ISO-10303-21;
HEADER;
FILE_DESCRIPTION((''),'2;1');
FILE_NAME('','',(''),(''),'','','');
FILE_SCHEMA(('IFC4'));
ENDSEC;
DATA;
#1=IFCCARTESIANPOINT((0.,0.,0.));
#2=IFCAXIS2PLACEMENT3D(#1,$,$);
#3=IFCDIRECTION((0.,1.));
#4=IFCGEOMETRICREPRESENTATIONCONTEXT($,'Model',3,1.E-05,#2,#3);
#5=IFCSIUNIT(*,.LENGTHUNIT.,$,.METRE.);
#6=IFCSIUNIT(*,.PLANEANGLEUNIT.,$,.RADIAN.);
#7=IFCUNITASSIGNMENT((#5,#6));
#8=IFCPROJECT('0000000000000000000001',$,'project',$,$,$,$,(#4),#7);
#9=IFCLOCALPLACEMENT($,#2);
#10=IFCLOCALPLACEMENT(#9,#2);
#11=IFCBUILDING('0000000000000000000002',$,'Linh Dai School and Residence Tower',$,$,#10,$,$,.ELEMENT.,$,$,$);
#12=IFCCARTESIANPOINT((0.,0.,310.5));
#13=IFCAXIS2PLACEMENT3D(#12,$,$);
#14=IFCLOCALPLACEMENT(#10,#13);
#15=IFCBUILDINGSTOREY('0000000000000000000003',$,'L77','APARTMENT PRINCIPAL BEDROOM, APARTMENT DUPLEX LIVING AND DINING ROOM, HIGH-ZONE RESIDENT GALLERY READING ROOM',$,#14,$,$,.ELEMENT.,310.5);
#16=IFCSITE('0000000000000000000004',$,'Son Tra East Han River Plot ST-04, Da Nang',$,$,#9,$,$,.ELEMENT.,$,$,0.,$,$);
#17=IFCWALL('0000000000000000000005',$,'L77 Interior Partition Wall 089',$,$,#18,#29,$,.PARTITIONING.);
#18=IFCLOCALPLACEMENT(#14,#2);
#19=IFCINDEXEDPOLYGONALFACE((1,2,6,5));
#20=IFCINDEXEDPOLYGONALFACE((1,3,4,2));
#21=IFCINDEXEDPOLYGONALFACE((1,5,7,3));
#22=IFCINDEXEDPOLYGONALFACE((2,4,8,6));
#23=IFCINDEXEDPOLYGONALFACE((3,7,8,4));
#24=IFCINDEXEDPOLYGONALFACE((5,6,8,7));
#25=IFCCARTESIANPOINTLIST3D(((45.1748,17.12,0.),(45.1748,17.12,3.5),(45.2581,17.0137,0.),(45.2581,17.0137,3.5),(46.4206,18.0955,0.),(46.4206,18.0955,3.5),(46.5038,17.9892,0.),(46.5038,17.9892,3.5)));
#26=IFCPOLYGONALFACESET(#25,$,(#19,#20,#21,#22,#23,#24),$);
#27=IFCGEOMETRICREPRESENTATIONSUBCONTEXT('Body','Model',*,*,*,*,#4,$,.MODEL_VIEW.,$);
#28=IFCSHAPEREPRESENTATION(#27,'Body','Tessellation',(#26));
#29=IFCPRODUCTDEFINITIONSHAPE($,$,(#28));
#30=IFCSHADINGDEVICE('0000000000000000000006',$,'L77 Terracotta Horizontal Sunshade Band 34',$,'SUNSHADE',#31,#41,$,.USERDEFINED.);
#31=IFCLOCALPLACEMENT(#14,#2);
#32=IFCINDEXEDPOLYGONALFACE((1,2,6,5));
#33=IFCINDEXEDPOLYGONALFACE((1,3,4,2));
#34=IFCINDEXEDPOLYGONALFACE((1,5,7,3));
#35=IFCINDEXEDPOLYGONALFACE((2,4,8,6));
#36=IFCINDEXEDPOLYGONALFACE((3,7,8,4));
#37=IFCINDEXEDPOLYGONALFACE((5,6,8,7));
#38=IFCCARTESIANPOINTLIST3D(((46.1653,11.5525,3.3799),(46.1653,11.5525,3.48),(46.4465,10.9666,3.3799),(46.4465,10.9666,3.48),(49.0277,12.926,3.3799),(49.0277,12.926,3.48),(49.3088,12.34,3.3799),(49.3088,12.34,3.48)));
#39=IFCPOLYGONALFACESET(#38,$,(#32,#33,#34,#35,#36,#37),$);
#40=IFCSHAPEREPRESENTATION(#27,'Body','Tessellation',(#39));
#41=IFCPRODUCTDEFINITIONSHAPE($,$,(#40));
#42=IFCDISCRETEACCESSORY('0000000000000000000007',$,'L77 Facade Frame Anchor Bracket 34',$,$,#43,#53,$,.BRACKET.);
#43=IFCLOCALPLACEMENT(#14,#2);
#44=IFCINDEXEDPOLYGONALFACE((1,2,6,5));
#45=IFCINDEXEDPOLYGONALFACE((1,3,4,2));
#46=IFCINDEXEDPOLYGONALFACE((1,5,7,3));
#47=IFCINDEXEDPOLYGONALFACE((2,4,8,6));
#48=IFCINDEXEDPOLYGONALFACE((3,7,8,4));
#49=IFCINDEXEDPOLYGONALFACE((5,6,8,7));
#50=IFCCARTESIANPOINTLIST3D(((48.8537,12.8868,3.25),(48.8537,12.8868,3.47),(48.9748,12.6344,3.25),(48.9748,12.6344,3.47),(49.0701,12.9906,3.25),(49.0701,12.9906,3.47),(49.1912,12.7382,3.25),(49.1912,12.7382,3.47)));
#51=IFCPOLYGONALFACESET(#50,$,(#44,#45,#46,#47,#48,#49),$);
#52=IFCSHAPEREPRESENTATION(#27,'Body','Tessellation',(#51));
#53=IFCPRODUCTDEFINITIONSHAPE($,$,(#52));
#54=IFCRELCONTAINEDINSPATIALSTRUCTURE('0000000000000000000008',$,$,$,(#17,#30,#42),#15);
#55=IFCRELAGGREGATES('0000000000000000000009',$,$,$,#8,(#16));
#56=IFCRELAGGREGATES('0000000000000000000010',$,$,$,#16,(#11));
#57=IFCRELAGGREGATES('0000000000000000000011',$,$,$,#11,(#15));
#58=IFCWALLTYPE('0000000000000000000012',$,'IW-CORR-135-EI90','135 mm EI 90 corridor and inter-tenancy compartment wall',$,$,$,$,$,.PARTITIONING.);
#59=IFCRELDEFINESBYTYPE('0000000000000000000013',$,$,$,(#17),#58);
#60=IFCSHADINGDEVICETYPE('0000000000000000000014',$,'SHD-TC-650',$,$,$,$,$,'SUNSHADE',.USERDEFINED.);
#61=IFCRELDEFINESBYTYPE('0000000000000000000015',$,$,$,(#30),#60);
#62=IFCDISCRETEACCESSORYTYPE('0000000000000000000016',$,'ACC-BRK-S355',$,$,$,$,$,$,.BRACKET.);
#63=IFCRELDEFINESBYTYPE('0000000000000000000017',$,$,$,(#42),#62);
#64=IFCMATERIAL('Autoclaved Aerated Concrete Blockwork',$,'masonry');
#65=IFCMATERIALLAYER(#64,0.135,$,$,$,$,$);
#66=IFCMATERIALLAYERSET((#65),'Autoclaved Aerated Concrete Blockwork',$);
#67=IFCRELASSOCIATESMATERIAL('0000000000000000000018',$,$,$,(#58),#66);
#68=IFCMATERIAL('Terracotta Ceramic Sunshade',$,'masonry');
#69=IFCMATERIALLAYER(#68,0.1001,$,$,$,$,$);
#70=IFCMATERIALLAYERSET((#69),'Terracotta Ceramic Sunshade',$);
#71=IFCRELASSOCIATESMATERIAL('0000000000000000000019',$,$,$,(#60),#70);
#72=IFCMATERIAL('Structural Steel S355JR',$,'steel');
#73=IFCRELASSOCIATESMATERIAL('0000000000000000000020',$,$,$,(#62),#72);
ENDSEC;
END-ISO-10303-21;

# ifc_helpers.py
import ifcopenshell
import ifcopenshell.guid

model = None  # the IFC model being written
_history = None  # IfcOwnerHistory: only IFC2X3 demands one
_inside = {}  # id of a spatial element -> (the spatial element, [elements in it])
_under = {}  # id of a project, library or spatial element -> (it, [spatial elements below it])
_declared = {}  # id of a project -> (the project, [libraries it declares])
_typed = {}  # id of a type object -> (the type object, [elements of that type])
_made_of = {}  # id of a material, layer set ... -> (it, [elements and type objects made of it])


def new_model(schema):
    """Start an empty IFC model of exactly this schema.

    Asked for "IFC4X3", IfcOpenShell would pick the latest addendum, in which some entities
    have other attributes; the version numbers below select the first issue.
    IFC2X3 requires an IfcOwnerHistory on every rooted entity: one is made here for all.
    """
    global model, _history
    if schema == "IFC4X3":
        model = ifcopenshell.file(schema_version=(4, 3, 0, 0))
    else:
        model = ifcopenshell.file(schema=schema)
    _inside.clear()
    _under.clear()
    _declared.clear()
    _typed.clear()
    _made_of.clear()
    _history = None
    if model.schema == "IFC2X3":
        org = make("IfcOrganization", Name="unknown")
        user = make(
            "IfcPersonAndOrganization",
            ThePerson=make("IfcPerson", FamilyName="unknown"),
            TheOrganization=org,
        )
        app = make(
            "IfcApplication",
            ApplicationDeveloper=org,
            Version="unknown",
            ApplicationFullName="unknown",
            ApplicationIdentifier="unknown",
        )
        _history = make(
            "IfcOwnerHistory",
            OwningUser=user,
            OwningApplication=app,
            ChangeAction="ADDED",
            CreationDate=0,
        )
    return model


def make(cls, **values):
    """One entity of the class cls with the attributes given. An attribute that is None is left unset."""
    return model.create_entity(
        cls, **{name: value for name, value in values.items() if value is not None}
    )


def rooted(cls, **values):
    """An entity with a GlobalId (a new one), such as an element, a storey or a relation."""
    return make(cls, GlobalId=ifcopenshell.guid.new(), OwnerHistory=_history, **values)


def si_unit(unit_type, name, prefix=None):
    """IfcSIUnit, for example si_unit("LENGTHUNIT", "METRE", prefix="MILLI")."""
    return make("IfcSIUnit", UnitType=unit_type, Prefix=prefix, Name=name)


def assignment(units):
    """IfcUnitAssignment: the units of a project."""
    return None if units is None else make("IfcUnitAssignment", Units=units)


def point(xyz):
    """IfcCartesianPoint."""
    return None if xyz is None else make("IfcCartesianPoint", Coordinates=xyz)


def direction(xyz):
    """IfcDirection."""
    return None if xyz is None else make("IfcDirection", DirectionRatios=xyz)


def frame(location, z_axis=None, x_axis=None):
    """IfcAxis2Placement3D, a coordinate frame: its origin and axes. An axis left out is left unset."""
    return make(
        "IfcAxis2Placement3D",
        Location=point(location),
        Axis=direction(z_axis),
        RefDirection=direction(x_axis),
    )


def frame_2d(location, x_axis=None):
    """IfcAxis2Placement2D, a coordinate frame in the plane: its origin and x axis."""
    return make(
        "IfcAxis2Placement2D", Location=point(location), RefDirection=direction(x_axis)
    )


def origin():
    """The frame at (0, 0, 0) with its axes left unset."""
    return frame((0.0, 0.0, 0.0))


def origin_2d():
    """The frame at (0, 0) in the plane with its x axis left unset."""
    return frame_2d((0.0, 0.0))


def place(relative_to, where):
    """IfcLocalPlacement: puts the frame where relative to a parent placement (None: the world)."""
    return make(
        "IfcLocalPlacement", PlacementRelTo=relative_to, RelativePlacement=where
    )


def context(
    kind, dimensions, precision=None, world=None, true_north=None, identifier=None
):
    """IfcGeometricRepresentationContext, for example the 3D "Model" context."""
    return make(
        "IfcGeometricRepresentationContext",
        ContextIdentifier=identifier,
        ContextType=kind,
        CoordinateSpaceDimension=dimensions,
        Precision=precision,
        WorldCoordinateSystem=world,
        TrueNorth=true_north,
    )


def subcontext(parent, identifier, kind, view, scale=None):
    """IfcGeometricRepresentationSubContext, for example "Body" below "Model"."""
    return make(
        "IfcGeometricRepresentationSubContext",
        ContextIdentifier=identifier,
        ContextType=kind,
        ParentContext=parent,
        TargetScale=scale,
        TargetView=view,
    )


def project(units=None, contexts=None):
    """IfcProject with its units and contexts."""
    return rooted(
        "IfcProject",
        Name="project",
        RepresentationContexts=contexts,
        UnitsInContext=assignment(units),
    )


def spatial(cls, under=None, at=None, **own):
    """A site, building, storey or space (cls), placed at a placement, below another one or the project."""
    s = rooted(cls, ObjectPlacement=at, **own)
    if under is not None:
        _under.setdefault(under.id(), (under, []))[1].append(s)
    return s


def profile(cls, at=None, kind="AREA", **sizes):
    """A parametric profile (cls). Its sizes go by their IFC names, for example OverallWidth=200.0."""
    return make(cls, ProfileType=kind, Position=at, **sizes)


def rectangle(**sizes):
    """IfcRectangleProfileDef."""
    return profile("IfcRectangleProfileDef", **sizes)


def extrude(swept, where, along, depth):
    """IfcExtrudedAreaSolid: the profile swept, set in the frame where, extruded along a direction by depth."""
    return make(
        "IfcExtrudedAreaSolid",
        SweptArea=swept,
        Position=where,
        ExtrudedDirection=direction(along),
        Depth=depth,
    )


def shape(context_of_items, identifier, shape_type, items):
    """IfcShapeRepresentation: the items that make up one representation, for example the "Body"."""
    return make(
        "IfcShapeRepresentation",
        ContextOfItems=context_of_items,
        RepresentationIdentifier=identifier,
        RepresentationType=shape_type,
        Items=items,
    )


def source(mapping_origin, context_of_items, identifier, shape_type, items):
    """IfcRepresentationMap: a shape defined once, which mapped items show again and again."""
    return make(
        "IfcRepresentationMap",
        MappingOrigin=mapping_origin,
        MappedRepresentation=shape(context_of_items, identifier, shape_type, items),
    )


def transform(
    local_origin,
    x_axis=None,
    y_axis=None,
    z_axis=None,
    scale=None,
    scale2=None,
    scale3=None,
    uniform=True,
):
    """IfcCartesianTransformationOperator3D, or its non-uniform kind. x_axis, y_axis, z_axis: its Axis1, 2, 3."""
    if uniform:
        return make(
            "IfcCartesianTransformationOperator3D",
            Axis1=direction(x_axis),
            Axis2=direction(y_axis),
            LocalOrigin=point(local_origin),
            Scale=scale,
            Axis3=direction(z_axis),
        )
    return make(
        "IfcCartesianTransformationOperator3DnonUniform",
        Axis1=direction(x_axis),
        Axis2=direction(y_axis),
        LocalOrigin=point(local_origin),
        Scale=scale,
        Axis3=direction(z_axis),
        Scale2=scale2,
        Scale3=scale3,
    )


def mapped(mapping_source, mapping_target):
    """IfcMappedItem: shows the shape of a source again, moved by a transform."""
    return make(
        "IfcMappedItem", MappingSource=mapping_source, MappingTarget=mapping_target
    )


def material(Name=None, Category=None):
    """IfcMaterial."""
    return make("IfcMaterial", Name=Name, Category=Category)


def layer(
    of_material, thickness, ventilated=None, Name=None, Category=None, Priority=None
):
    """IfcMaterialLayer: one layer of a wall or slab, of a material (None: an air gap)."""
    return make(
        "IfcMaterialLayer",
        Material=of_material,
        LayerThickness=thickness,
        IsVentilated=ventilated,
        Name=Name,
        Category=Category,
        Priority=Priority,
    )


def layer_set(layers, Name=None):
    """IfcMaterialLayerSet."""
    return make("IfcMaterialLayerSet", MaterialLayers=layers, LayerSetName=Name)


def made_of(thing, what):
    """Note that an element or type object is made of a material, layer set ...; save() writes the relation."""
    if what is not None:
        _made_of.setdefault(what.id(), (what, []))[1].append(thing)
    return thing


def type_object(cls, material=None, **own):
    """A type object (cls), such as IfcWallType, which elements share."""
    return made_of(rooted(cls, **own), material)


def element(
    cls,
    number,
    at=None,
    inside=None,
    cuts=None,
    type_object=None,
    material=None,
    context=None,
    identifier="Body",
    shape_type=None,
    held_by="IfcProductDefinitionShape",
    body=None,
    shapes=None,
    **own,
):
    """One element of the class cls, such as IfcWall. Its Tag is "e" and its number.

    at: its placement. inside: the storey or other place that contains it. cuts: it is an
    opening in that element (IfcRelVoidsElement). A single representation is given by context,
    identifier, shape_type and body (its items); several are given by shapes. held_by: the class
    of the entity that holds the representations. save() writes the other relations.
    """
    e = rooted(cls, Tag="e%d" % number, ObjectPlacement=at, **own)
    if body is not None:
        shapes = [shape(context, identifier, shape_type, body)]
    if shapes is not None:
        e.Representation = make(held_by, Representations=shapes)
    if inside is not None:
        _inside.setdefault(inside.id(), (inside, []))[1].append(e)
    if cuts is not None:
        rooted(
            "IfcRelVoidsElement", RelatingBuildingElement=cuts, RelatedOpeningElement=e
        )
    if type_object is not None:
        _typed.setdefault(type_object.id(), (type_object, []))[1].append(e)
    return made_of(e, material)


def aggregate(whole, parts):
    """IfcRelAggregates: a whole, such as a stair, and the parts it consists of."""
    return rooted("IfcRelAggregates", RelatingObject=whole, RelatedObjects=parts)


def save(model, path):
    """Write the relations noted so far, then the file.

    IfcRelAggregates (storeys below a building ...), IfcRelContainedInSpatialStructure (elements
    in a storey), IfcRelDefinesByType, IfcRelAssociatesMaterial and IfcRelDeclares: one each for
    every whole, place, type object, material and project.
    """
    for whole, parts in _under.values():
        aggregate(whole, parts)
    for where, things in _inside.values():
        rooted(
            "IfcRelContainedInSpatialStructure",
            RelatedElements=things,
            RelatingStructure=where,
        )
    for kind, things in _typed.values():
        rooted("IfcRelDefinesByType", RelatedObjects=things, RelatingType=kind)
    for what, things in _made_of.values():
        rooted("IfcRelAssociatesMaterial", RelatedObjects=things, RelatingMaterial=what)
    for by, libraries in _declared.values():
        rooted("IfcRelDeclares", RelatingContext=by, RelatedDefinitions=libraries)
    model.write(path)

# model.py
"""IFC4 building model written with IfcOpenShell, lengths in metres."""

from ifc_helpers import new_model, si_unit, direction, frame, frame_2d, origin, origin_2d, place, context, subcontext, project, spatial, rectangle, extrude, source, transform, mapped, material, layer, layer_set, type_object, element, save


model = new_model("IFC4")

# Units and contexts
model_context = context("Model", 3, precision=1e-05, world=origin(), true_north=direction((0.0, 1.0)))
body_context = subcontext(model_context, "Body", "Model", "MODEL_VIEW")
ifc_project = project(units=[si_unit("LENGTHUNIT", "METRE"), si_unit("PLANEANGLEUNIT", "RADIAN")], contexts=[model_context])

# Site, building, storey
site_placement = place(None, origin())
site = spatial("IfcSite", under=ifc_project, at=site_placement, Name="Son Tra East Han River Plot ST-04, Da Nang", CompositionType="ELEMENT", RefElevation=0.0)
building_placement = place(site_placement, origin())
building = spatial("IfcBuilding", under=site, at=building_placement, Name="Linh Dai School and Residence Tower", CompositionType="ELEMENT")
storey_placement = place(building_placement, frame((0.0, 0.0, 310.5)))
storey = spatial("IfcBuildingStorey", under=building, at=storey_placement, Name="L77", Description="APARTMENT PRINCIPAL BEDROOM, APARTMENT DUPLEX LIVING AND DINING ROOM, HIGH-ZONE RESIDENT GALLERY READING ROOM", CompositionType="ELEMENT", Elevation=310.5)

# Shared definitions
ifc_material_1 = material(Name="Structural Steel S355JR", Category="steel")

# Shared definitions
ifc_material_2 = material(Name="Autoclaved Aerated Concrete Blockwork", Category="masonry")
ifc_layer_1 = layer(ifc_material_2, 0.135)
ifc_layer_set_1 = layer_set([ifc_layer_1], Name="Autoclaved Aerated Concrete Blockwork")
wall_type_1 = type_object("IfcWallType", Name="IW-CORR-135-EI90", Description="135 mm EI 90 corridor and inter-tenancy compartment wall", PredefinedType="PARTITIONING", material=ifc_layer_set_1)

# Wall
wall_1_placement = place(storey_placement, frame((45.2166, 17.0669, 0.0), z_axis=(0.0, 0.0, 1.0), x_axis=(0.787329, 0.616533, 0.0)))
element("IfcWall", 1, at=wall_1_placement, inside=storey, type_object=wall_type_1, Name="L77 Interior Partition Wall 089", PredefinedType="PARTITIONING", context=body_context, shape_type="SweptSolid", body=[
    extrude(rectangle(XDim=1.5823, YDim=0.135, at=frame_2d((0.791, 0.0))), origin(), (0.0, 0.0, 1.0), 3.5),
])

# Shading device
ifc_material_3 = material(Name="Terracotta Ceramic Sunshade", Category="masonry")
ifc_layer_2 = layer(ifc_material_3, 0.1001)
ifc_layer_set_2 = layer_set([ifc_layer_2], Name="Terracotta Ceramic Sunshade")
shading_device_type = type_object("IfcShadingDeviceType", Name="SHD-TC-650", ElementType="SUNSHADE", PredefinedType="USERDEFINED", material=ifc_layer_set_2)
shared_shape_1 = source(origin(), body_context, "Body", "SweptSolid", [
    extrude(rectangle(XDim=3.1748, YDim=0.6499, at=origin_2d()), origin(), (0.0, 0.0, 1.0), 0.1001),
])
shading_device_placement = place(storey_placement, frame((47.7371, 11.9463, 3.3799), z_axis=(0.0, 0.0, 1.0), x_axis=(-0.90158, -0.432612, 0.0)))
element("IfcShadingDevice", 2, at=shading_device_placement, inside=storey, type_object=shading_device_type, Name="L77 Terracotta Horizontal Sunshade Band 34", ObjectType="SUNSHADE", PredefinedType="USERDEFINED", context=body_context, shape_type="MappedRepresentation", body=[
    mapped(shared_shape_1, transform((0.0, 0.0, 0.0), x_axis=(1.0, 0.0, 0.0), y_axis=(0.0, 1.0, 0.0), z_axis=(0.0, 0.0, 1.0), scale=1.0)),
])

# Discrete accessory
discrete_accessory_type = type_object("IfcDiscreteAccessoryType", Name="ACC-BRK-S355", PredefinedType="BRACKET", material=ifc_material_1)
shared_shape_2 = source(origin(), body_context, "Body", "SweptSolid", [
    extrude(rectangle(XDim=0.28, YDim=0.24, at=origin_2d()), origin(), (0.0, 0.0, 1.0), 0.22),
])
discrete_accessory_placement = place(storey_placement, frame((49.0225, 12.8125, 3.25), z_axis=(0.0, 0.0, 1.0), x_axis=(0.432612, -0.90158, 0.0)))
element("IfcDiscreteAccessory", 3, at=discrete_accessory_placement, inside=storey, type_object=discrete_accessory_type, Name="L77 Facade Frame Anchor Bracket 34", PredefinedType="BRACKET", context=body_context, shape_type="MappedRepresentation", body=[
    mapped(shared_shape_2, transform((0.0, 0.0, 0.0), x_axis=(1.0, 0.0, 0.0), y_axis=(0.0, 1.0, 0.0), z_axis=(0.0, 0.0, 1.0), scale=1.0)),
])

save(model, "model.ifc")
